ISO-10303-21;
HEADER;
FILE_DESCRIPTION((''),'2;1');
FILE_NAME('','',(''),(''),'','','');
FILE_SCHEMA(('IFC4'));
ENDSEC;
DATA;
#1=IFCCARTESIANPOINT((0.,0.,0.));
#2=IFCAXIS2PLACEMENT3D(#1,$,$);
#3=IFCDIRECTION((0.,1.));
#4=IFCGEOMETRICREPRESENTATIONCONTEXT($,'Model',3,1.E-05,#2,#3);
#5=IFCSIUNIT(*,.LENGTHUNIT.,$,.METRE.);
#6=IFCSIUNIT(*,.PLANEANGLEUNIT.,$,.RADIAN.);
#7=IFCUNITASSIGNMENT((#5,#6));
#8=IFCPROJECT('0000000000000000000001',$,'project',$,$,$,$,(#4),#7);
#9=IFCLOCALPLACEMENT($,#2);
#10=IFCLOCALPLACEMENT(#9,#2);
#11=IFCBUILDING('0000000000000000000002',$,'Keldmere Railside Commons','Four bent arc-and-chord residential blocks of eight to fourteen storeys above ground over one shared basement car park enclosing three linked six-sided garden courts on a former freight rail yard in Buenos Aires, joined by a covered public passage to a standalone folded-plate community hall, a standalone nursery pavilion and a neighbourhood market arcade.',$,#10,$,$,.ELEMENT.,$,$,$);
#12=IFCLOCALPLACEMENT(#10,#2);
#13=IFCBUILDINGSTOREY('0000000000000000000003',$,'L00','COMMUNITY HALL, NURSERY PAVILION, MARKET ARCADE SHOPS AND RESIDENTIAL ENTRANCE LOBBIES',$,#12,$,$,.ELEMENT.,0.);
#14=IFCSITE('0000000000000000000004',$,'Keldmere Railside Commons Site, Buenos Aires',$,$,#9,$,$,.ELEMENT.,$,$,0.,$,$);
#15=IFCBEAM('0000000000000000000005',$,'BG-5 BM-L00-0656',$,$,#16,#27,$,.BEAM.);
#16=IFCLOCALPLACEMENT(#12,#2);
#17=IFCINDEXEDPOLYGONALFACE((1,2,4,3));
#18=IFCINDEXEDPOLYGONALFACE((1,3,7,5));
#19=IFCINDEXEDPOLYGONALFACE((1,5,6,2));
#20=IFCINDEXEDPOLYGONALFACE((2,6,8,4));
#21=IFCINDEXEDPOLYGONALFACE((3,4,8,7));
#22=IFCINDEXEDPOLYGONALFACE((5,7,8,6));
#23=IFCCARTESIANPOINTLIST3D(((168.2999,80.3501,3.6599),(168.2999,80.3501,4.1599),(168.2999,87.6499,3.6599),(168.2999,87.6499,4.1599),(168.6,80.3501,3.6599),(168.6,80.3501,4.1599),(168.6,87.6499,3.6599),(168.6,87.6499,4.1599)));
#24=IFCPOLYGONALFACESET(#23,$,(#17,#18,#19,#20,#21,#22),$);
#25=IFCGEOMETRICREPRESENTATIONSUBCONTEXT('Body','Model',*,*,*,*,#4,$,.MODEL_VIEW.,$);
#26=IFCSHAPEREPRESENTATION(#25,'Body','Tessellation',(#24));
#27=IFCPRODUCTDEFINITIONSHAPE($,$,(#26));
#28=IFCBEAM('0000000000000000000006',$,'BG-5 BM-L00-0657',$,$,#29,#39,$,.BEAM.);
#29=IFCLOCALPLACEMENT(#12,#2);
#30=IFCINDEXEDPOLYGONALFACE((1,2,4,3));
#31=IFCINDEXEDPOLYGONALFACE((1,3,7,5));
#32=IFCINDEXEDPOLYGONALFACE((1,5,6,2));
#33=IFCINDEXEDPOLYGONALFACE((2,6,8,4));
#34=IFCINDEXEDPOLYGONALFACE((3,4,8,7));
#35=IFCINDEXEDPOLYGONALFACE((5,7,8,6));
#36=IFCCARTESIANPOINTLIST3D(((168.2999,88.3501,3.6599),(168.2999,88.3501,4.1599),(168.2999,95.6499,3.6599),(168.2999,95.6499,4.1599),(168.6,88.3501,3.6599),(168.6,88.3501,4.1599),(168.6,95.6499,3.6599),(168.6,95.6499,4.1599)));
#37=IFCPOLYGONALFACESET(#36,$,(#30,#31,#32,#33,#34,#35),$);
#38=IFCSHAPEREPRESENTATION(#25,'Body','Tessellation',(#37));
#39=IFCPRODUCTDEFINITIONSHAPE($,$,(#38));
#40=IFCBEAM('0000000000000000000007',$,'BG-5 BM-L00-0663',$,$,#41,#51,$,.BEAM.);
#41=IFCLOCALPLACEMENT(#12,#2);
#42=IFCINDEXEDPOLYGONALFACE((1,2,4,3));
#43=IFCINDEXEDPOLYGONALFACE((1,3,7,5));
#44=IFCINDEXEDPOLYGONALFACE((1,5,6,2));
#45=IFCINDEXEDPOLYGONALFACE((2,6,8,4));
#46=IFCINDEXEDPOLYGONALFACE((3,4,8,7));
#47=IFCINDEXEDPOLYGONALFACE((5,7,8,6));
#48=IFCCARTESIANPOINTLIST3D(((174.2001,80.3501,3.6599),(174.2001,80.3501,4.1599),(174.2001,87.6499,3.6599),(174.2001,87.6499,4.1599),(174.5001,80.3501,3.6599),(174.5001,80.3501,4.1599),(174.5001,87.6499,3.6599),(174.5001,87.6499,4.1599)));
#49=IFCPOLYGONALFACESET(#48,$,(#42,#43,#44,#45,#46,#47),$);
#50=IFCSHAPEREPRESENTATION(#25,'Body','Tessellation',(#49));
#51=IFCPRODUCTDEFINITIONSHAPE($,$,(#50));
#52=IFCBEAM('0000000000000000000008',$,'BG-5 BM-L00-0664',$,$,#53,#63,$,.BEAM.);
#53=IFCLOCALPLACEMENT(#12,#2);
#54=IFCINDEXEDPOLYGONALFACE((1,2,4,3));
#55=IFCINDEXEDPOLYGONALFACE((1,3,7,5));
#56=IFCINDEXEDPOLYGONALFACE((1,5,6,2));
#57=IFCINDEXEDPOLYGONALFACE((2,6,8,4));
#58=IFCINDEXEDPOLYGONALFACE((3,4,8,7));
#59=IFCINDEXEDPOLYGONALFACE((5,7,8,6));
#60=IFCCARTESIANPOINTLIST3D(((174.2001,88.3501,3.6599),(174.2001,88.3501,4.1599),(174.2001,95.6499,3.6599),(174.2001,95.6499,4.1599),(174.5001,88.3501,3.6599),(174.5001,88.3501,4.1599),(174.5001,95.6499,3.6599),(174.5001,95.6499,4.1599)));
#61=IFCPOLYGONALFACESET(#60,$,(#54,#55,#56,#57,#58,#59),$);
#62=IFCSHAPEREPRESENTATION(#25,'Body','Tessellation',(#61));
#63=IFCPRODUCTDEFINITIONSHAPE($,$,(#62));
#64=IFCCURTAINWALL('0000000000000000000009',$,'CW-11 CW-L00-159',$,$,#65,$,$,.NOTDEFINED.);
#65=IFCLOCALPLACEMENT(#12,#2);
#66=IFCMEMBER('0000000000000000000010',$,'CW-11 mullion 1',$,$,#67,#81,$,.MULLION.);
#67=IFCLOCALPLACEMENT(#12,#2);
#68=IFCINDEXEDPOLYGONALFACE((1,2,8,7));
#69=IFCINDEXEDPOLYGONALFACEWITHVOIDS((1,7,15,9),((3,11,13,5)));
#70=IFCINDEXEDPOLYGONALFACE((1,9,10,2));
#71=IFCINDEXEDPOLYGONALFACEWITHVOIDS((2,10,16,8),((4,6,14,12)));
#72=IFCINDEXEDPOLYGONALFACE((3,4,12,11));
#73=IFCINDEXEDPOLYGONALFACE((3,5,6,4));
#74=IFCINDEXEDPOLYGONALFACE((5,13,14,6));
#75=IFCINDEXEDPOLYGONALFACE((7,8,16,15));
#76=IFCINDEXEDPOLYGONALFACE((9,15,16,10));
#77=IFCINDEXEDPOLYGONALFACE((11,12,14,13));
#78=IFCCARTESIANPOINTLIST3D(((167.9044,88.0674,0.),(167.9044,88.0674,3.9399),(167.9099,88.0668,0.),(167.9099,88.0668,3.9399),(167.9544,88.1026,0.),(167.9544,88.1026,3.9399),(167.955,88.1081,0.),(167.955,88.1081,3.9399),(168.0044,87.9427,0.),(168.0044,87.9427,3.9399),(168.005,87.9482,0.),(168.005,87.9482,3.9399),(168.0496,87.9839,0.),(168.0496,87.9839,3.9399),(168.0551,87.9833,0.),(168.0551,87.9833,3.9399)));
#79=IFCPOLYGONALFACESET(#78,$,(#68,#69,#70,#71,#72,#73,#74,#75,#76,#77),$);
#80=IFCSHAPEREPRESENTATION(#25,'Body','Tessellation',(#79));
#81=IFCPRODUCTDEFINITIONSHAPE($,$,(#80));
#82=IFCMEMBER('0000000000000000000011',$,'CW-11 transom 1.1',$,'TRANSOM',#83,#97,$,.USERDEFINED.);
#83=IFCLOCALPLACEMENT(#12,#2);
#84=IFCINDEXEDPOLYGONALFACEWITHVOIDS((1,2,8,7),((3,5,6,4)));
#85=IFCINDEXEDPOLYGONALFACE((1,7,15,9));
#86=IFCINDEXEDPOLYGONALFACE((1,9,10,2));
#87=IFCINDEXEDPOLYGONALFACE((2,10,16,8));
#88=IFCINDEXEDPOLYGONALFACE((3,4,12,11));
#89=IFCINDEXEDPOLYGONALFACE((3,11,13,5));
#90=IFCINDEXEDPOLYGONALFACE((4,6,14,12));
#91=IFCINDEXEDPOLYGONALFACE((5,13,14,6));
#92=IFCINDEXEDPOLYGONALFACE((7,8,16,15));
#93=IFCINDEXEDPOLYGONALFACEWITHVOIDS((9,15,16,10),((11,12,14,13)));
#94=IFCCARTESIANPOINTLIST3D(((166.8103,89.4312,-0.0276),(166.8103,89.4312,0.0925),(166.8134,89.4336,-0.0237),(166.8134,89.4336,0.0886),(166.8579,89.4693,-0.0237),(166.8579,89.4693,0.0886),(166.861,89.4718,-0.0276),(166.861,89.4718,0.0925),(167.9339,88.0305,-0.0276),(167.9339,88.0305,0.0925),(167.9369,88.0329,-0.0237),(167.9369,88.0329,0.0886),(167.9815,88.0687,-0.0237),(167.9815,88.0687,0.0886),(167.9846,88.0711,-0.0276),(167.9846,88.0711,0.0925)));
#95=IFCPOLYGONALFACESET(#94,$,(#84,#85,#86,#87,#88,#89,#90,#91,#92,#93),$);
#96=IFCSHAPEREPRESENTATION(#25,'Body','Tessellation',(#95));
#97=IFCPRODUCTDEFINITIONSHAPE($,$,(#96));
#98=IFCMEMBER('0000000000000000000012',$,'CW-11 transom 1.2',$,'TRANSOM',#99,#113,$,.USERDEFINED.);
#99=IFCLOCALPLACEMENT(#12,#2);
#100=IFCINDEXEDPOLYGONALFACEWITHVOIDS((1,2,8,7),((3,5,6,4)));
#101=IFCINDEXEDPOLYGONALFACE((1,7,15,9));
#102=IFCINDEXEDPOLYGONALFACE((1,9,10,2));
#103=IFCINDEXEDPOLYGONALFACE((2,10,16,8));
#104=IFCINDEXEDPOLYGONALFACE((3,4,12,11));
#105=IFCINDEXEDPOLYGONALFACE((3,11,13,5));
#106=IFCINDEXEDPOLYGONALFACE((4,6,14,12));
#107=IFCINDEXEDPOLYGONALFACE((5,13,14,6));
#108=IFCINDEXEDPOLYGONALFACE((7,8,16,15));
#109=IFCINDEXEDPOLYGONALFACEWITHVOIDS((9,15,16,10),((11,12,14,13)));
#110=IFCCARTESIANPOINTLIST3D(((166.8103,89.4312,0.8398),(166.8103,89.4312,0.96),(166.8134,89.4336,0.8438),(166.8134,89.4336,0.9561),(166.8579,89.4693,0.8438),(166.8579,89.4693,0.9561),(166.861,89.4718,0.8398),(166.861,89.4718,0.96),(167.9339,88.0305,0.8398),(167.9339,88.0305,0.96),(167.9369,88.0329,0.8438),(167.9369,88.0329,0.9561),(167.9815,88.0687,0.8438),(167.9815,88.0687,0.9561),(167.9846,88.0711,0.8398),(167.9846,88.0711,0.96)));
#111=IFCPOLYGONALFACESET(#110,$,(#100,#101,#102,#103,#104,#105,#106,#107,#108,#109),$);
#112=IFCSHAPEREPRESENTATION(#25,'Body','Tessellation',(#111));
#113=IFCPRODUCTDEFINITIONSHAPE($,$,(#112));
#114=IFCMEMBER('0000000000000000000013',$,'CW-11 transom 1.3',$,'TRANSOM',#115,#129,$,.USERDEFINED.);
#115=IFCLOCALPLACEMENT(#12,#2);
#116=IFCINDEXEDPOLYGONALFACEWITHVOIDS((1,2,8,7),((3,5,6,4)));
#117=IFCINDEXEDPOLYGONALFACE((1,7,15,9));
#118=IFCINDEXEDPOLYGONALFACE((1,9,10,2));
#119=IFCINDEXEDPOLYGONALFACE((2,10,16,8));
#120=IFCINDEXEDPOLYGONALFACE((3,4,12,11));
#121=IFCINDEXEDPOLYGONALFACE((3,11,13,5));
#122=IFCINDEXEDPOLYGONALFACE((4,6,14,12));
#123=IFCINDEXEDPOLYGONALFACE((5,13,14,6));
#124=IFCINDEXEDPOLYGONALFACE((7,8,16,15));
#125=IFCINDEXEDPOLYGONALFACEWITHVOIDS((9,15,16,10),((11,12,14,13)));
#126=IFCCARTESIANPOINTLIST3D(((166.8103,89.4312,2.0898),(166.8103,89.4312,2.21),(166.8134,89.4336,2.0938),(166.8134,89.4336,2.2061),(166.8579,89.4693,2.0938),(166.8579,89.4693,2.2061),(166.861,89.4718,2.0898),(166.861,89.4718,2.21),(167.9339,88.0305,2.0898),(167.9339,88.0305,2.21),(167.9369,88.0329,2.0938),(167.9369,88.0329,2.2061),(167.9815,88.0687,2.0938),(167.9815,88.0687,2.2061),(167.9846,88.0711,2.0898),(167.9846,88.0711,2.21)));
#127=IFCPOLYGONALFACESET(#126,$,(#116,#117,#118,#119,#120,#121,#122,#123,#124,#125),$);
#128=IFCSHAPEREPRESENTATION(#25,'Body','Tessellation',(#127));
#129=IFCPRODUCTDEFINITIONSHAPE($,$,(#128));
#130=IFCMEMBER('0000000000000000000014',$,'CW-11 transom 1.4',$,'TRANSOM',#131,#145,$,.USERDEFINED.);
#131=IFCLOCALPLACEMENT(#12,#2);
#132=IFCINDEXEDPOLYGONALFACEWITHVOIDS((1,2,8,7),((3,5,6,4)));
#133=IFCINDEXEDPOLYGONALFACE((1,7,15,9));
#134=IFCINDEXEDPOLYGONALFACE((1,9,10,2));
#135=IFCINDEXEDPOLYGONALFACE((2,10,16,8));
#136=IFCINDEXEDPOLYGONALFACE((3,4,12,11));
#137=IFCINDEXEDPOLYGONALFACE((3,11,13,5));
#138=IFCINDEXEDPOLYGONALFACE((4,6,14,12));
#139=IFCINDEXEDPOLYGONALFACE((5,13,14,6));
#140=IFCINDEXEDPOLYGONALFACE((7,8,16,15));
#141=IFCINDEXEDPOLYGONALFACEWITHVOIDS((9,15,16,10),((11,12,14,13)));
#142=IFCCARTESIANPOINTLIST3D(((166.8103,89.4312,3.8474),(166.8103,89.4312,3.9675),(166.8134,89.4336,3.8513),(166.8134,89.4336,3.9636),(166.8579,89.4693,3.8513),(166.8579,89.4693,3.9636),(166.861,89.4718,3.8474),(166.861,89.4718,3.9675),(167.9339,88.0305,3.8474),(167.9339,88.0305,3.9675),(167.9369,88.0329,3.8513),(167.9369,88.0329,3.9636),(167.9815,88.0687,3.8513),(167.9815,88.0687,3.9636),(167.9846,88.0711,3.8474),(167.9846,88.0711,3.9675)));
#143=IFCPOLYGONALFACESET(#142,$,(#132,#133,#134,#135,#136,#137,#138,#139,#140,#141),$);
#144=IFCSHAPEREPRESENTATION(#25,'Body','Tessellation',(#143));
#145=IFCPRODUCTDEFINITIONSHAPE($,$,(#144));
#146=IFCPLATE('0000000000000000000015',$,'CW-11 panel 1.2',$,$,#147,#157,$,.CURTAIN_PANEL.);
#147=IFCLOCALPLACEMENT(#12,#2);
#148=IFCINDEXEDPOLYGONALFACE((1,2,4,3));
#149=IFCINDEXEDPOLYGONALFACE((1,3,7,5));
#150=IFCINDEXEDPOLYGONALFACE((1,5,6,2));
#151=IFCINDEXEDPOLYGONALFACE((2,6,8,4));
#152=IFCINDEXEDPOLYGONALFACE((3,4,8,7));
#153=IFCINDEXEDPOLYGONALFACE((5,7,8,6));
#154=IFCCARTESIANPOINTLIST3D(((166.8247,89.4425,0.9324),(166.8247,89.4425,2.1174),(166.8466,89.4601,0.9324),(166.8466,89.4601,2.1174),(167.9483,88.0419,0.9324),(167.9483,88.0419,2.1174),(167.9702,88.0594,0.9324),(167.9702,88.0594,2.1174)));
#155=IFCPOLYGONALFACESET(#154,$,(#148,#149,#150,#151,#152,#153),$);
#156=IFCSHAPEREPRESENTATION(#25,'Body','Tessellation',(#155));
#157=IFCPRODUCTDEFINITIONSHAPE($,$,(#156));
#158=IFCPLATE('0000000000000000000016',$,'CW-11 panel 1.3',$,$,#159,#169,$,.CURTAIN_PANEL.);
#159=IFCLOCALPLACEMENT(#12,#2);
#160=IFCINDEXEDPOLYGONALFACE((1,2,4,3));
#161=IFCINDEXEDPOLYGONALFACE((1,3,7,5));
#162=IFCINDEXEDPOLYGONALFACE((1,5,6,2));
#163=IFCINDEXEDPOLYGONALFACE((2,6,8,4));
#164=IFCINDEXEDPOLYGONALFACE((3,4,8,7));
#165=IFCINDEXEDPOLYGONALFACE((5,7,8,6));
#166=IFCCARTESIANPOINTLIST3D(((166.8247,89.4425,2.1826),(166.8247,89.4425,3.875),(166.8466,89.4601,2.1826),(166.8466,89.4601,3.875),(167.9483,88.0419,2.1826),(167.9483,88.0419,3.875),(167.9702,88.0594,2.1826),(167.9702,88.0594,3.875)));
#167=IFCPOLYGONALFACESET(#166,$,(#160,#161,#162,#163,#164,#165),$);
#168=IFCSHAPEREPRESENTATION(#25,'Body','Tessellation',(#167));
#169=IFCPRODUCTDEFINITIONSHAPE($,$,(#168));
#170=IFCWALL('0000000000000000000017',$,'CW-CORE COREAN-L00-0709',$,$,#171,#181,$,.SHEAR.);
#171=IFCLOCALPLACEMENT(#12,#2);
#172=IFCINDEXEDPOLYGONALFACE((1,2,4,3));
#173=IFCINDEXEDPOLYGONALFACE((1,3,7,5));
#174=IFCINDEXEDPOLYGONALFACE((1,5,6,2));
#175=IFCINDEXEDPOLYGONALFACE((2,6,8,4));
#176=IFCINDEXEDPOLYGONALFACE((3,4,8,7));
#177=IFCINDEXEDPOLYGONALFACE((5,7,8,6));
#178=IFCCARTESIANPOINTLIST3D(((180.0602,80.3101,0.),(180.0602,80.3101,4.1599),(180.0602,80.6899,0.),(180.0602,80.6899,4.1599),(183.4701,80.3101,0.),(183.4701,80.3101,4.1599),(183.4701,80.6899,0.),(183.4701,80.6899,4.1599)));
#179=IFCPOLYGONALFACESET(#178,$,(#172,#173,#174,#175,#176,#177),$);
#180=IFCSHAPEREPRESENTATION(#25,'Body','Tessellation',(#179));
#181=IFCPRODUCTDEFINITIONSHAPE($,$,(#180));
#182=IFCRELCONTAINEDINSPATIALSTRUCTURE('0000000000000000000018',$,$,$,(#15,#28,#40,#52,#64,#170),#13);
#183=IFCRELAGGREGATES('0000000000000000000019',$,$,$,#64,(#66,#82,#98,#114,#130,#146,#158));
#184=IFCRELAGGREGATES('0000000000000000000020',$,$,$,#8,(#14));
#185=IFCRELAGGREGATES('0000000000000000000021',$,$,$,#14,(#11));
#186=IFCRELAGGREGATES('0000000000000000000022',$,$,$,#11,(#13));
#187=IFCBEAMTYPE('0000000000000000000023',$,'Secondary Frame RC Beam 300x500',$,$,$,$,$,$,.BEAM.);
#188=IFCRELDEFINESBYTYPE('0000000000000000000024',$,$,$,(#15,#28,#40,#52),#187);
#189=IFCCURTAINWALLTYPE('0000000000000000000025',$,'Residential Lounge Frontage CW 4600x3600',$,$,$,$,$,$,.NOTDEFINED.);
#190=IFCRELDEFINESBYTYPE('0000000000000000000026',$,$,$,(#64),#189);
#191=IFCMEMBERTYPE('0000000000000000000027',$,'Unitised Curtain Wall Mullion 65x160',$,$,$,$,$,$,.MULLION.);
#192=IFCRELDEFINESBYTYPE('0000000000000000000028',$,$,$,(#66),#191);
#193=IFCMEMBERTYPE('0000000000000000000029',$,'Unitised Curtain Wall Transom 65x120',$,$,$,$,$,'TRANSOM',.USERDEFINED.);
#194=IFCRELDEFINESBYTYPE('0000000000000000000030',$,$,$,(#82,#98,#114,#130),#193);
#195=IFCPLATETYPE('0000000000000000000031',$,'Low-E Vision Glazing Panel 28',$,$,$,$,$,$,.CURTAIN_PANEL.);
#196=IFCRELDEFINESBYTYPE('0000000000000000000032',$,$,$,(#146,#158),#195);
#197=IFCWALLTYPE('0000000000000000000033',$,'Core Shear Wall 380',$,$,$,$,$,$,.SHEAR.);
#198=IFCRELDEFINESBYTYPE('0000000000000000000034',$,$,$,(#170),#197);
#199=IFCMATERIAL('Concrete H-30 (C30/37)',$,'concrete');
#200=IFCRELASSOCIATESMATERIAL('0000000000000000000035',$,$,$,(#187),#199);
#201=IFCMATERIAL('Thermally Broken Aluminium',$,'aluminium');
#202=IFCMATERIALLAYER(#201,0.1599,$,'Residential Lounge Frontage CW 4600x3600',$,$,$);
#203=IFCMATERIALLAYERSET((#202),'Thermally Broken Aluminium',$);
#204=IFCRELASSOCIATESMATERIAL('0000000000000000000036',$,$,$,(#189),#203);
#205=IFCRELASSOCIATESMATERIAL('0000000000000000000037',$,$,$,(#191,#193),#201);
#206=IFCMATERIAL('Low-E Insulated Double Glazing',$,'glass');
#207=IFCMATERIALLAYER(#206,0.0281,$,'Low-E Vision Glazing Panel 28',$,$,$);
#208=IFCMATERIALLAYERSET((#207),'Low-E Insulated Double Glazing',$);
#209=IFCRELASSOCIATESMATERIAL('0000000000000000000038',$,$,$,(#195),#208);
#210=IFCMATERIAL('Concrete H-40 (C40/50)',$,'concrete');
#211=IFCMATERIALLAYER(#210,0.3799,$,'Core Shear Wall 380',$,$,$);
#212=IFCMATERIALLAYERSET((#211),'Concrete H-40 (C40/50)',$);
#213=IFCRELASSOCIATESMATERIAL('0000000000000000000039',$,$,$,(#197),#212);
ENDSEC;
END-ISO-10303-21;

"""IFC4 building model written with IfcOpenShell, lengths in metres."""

from ifc_helpers import new_model, si_unit, direction, frame, frame_2d, origin, origin_2d, place, context, subcontext, project, spatial, rectangle, hollow_rectangle, extrude, material, layer, layer_set, material_profile, profile_set, type_object, element, aggregate, save


model = new_model("IFC4")

# Units and contexts
model_context = context("Model", 3, precision=1e-05, world=origin(), true_north=direction((0.0, 1.0)))
body_context = subcontext(model_context, "Body", "Model", "MODEL_VIEW")
ifc_project = project(units=[si_unit("LENGTHUNIT", "METRE"), si_unit("PLANEANGLEUNIT", "RADIAN")], contexts=[model_context])

# Site, building, storey
site_placement = place(None, origin())
site = spatial("IfcSite", under=ifc_project, at=site_placement, Name="Keldmere Railside Commons Site, Buenos Aires", CompositionType="ELEMENT", RefElevation=0.0)
building_placement = place(site_placement, origin())
building = spatial("IfcBuilding", under=site, at=building_placement, Name="Keldmere Railside Commons", Description="Four bent arc-and-chord residential blocks of eight to fourteen storeys above ground over one shared basement car park enclosing three linked six-sided garden courts on a former freight rail yard in Buenos Aires, joined by a covered public passage to a standalone folded-plate community hall, a standalone nursery pavilion and a neighbourhood market arcade.", CompositionType="ELEMENT")
storey_placement = place(building_placement, origin())
storey = spatial("IfcBuildingStorey", under=building, at=storey_placement, Name="L00", Description="COMMUNITY HALL, NURSERY PAVILION, MARKET ARCADE SHOPS AND RESIDENTIAL ENTRANCE LOBBIES", CompositionType="ELEMENT", Elevation=0.0)

# Shared definitions
ifc_material_1 = material(Name="Concrete H-40 (C40/50)", Category="concrete")

# Beams
ifc_material_2 = material(Name="Concrete H-30 (C30/37)", Category="concrete")
ifc_material_profile_1 = material_profile(ifc_material_2, rectangle(XDim=0.3, YDim=0.5, at=origin_2d()), Name="RC-300x500")
ifc_profile_set_1 = profile_set([ifc_material_profile_1], Name="Concrete H-30 (C30/37)")
beam_type_1 = type_object("IfcBeamType", Name="Secondary Frame RC Beam 300x500", PredefinedType="BEAM", material=ifc_profile_set_1)
for number, where, z_axis, x_axis, name in (
    (1, (168.45, 80.3501, 3.9099), (0.0, 1.0, 0.0), (-1.0, 0.0, 0.0), "BG-5 BM-L00-0656"),
    (2, (168.45, 88.3501, 3.9099), (0.0, 1.0, 0.0), (-1.0, 0.0, 0.0), "BG-5 BM-L00-0657"),
    (3, (174.3501, 80.3501, 3.9099), (0.0, 1.0, 0.0), (-1.0, 0.0, 0.0), "BG-5 BM-L00-0663"),
    (4, (174.3501, 88.3501, 3.9099), (0.0, 1.0, 0.0), (-1.0, 0.0, 0.0), "BG-5 BM-L00-0664"),
):
    element("IfcBeam", number, at=place(storey_placement, frame(where, z_axis=z_axis, x_axis=x_axis)), inside=storey, type_object=beam_type_1, Name=name, PredefinedType="BEAM", context=body_context, shape_type="SweptSolid", body=[
        extrude(rectangle(XDim=0.3, YDim=0.5, at=origin_2d()), origin(), (0.0, 0.0, 1.0), 7.2998),
    ])

# Curtain wall, members, plates
ifc_material_3 = material(Name="Thermally Broken Aluminium", Category="aluminium")
ifc_layer_1 = layer(ifc_material_3, 0.1599, Name="Residential Lounge Frontage CW 4600x3600")
ifc_layer_set_1 = layer_set([ifc_layer_1], Name="Thermally Broken Aluminium")
curtain_wall_type = type_object("IfcCurtainWallType", Name="Residential Lounge Frontage CW 4600x3600", PredefinedType="NOTDEFINED", material=ifc_layer_set_1)
curtain_wall_placement = place(storey_placement, origin())
curtain_wall = element("IfcCurtainWall", 5, at=curtain_wall_placement, inside=storey, type_object=curtain_wall_type, Name="CW-11 CW-L00-159", PredefinedType="NOTDEFINED")
ifc_material_profile_2 = material_profile(ifc_material_3, hollow_rectangle(XDim=0.0649, YDim=0.1599, WallThickness=0.0039, at=origin_2d()), Name="ALU-MULL-65x160")
ifc_profile_set_2 = profile_set([ifc_material_profile_2], Name="Thermally Broken Aluminium")
member_type_1 = type_object("IfcMemberType", Name="Unitised Curtain Wall Mullion 65x160", PredefinedType="MULLION", material=ifc_profile_set_2)
member_1_placement = place(storey_placement, frame((167.9797, 88.0254, 0.0), z_axis=(0.0, 0.0, 1.0), x_axis=(-0.780009, -0.625768, 0.0)))
member_1 = element("IfcMember", 6, at=member_1_placement, type_object=member_type_1, Name="CW-11 mullion 1", PredefinedType="MULLION", context=body_context, shape_type="SweptSolid", body=[
    extrude(hollow_rectangle(XDim=0.0649, YDim=0.1599, WallThickness=0.0039, at=origin_2d()), origin(), (0.0, 0.0, 1.0), 3.9399),
])
ifc_material_profile_3 = material_profile(ifc_material_3, hollow_rectangle(XDim=0.0649, YDim=0.1201, WallThickness=0.0039, at=origin_2d()), Name="ALU-TRAN-65x120")
ifc_profile_set_3 = profile_set([ifc_material_profile_3], Name="Thermally Broken Aluminium")
member_type_2 = type_object("IfcMemberType", Name="Unitised Curtain Wall Transom 65x120", ElementType="TRANSOM", PredefinedType="USERDEFINED", material=ifc_profile_set_3)
member_2_placement = place(storey_placement, frame((167.9592, 88.0508, 0.0325), z_axis=(-0.625723, 0.780046, 0.0), x_axis=(-0.780046, -0.625723, 0.0)))
member_2 = element("IfcMember", 7, at=member_2_placement, type_object=member_type_2, Name="CW-11 transom 1.1", ObjectType="TRANSOM", PredefinedType="USERDEFINED", context=body_context, shape_type="SweptSolid", body=[
    extrude(hollow_rectangle(XDim=0.0649, YDim=0.1201, WallThickness=0.0039, at=origin_2d()), origin(), (0.0, 0.0, 1.0), 1.7957),
])
member_3_placement = place(storey_placement, frame((167.9592, 88.0508, 0.8999), z_axis=(-0.625723, 0.780046, 0.0), x_axis=(-0.780046, -0.625723, 0.0)))
member_3 = element("IfcMember", 8, at=member_3_placement, type_object=member_type_2, Name="CW-11 transom 1.2", ObjectType="TRANSOM", PredefinedType="USERDEFINED", context=body_context, shape_type="SweptSolid", body=[
    extrude(hollow_rectangle(XDim=0.0649, YDim=0.1201, WallThickness=0.0039, at=origin_2d()), origin(), (0.0, 0.0, 1.0), 1.7957),
])
member_4_placement = place(storey_placement, frame((167.9592, 88.0508, 2.1499), z_axis=(-0.625723, 0.780046, 0.0), x_axis=(-0.780046, -0.625723, 0.0)))
member_4 = element("IfcMember", 9, at=member_4_placement, type_object=member_type_2, Name="CW-11 transom 1.3", ObjectType="TRANSOM", PredefinedType="USERDEFINED", context=body_context, shape_type="SweptSolid", body=[
    extrude(hollow_rectangle(XDim=0.0649, YDim=0.1201, WallThickness=0.0039, at=origin_2d()), origin(), (0.0, 0.0, 1.0), 1.7957),
])
member_5_placement = place(storey_placement, frame((167.9592, 88.0508, 3.9075), z_axis=(-0.625723, 0.780046, 0.0), x_axis=(-0.780046, -0.625723, 0.0)))
member_5 = element("IfcMember", 10, at=member_5_placement, type_object=member_type_2, Name="CW-11 transom 1.4", ObjectType="TRANSOM", PredefinedType="USERDEFINED", context=body_context, shape_type="SweptSolid", body=[
    extrude(hollow_rectangle(XDim=0.0649, YDim=0.1201, WallThickness=0.0039, at=origin_2d()), origin(), (0.0, 0.0, 1.0), 1.7957),
])
ifc_material_4 = material(Name="Low-E Insulated Double Glazing", Category="glass")
ifc_layer_2 = layer(ifc_material_4, 0.0281, Name="Low-E Vision Glazing Panel 28")
ifc_layer_set_2 = layer_set([ifc_layer_2], Name="Low-E Insulated Double Glazing")
plate_type = type_object("IfcPlateType", Name="Low-E Vision Glazing Panel 28", PredefinedType="CURTAIN_PANEL", material=ifc_layer_set_2)
plate_1_placement = place(storey_placement, frame((167.3975, 88.751, 0.9324), z_axis=(0.0, 0.0, 1.0), x_axis=(-0.625768, 0.780009, 0.0)))
plate_1 = element("IfcPlate", 11, at=plate_1_placement, type_object=plate_type, Name="CW-11 panel 1.2", PredefinedType="CURTAIN_PANEL", context=body_context, shape_type="SweptSolid", body=[
    extrude(rectangle(XDim=1.7957, YDim=0.0281, at=origin_2d()), origin(), (0.0, 0.0, 1.0), 1.1851),
])
plate_2_placement = place(storey_placement, frame((167.3975, 88.751, 2.1826), z_axis=(0.0, 0.0, 1.0), x_axis=(-0.625768, 0.780009, 0.0)))
plate_2 = element("IfcPlate", 12, at=plate_2_placement, type_object=plate_type, Name="CW-11 panel 1.3", PredefinedType="CURTAIN_PANEL", context=body_context, shape_type="SweptSolid", body=[
    extrude(rectangle(XDim=1.7957, YDim=0.0281, at=origin_2d()), origin(), (0.0, 0.0, 1.0), 1.6924),
])
aggregate(curtain_wall, [member_1, member_2, member_3, member_4, member_5, plate_1, plate_2])

# Wall
ifc_layer_3 = layer(ifc_material_1, 0.3799, Name="Core Shear Wall 380")
ifc_layer_set_3 = layer_set([ifc_layer_3], Name="Concrete H-40 (C40/50)")
wall_type_1 = type_object("IfcWallType", Name="Core Shear Wall 380", PredefinedType="SHEAR", material=ifc_layer_set_3)
wall_1_placement = place(storey_placement, frame((180.0601, 80.5, 0.0), z_axis=(0.0, 0.0, 1.0), x_axis=(1.0, 0.0, 0.0)))
element("IfcWall", 13, at=wall_1_placement, inside=storey, type_object=wall_type_1, Name="CW-CORE COREAN-L00-0709", PredefinedType="SHEAR", context=body_context, shape_type="SweptSolid", body=[
    extrude(rectangle(XDim=3.4099, YDim=0.3799, at=frame_2d((1.7051, 0.0))), origin(), (0.0, 0.0, 1.0), 4.1599),
])

save(model, "model.ifc")
